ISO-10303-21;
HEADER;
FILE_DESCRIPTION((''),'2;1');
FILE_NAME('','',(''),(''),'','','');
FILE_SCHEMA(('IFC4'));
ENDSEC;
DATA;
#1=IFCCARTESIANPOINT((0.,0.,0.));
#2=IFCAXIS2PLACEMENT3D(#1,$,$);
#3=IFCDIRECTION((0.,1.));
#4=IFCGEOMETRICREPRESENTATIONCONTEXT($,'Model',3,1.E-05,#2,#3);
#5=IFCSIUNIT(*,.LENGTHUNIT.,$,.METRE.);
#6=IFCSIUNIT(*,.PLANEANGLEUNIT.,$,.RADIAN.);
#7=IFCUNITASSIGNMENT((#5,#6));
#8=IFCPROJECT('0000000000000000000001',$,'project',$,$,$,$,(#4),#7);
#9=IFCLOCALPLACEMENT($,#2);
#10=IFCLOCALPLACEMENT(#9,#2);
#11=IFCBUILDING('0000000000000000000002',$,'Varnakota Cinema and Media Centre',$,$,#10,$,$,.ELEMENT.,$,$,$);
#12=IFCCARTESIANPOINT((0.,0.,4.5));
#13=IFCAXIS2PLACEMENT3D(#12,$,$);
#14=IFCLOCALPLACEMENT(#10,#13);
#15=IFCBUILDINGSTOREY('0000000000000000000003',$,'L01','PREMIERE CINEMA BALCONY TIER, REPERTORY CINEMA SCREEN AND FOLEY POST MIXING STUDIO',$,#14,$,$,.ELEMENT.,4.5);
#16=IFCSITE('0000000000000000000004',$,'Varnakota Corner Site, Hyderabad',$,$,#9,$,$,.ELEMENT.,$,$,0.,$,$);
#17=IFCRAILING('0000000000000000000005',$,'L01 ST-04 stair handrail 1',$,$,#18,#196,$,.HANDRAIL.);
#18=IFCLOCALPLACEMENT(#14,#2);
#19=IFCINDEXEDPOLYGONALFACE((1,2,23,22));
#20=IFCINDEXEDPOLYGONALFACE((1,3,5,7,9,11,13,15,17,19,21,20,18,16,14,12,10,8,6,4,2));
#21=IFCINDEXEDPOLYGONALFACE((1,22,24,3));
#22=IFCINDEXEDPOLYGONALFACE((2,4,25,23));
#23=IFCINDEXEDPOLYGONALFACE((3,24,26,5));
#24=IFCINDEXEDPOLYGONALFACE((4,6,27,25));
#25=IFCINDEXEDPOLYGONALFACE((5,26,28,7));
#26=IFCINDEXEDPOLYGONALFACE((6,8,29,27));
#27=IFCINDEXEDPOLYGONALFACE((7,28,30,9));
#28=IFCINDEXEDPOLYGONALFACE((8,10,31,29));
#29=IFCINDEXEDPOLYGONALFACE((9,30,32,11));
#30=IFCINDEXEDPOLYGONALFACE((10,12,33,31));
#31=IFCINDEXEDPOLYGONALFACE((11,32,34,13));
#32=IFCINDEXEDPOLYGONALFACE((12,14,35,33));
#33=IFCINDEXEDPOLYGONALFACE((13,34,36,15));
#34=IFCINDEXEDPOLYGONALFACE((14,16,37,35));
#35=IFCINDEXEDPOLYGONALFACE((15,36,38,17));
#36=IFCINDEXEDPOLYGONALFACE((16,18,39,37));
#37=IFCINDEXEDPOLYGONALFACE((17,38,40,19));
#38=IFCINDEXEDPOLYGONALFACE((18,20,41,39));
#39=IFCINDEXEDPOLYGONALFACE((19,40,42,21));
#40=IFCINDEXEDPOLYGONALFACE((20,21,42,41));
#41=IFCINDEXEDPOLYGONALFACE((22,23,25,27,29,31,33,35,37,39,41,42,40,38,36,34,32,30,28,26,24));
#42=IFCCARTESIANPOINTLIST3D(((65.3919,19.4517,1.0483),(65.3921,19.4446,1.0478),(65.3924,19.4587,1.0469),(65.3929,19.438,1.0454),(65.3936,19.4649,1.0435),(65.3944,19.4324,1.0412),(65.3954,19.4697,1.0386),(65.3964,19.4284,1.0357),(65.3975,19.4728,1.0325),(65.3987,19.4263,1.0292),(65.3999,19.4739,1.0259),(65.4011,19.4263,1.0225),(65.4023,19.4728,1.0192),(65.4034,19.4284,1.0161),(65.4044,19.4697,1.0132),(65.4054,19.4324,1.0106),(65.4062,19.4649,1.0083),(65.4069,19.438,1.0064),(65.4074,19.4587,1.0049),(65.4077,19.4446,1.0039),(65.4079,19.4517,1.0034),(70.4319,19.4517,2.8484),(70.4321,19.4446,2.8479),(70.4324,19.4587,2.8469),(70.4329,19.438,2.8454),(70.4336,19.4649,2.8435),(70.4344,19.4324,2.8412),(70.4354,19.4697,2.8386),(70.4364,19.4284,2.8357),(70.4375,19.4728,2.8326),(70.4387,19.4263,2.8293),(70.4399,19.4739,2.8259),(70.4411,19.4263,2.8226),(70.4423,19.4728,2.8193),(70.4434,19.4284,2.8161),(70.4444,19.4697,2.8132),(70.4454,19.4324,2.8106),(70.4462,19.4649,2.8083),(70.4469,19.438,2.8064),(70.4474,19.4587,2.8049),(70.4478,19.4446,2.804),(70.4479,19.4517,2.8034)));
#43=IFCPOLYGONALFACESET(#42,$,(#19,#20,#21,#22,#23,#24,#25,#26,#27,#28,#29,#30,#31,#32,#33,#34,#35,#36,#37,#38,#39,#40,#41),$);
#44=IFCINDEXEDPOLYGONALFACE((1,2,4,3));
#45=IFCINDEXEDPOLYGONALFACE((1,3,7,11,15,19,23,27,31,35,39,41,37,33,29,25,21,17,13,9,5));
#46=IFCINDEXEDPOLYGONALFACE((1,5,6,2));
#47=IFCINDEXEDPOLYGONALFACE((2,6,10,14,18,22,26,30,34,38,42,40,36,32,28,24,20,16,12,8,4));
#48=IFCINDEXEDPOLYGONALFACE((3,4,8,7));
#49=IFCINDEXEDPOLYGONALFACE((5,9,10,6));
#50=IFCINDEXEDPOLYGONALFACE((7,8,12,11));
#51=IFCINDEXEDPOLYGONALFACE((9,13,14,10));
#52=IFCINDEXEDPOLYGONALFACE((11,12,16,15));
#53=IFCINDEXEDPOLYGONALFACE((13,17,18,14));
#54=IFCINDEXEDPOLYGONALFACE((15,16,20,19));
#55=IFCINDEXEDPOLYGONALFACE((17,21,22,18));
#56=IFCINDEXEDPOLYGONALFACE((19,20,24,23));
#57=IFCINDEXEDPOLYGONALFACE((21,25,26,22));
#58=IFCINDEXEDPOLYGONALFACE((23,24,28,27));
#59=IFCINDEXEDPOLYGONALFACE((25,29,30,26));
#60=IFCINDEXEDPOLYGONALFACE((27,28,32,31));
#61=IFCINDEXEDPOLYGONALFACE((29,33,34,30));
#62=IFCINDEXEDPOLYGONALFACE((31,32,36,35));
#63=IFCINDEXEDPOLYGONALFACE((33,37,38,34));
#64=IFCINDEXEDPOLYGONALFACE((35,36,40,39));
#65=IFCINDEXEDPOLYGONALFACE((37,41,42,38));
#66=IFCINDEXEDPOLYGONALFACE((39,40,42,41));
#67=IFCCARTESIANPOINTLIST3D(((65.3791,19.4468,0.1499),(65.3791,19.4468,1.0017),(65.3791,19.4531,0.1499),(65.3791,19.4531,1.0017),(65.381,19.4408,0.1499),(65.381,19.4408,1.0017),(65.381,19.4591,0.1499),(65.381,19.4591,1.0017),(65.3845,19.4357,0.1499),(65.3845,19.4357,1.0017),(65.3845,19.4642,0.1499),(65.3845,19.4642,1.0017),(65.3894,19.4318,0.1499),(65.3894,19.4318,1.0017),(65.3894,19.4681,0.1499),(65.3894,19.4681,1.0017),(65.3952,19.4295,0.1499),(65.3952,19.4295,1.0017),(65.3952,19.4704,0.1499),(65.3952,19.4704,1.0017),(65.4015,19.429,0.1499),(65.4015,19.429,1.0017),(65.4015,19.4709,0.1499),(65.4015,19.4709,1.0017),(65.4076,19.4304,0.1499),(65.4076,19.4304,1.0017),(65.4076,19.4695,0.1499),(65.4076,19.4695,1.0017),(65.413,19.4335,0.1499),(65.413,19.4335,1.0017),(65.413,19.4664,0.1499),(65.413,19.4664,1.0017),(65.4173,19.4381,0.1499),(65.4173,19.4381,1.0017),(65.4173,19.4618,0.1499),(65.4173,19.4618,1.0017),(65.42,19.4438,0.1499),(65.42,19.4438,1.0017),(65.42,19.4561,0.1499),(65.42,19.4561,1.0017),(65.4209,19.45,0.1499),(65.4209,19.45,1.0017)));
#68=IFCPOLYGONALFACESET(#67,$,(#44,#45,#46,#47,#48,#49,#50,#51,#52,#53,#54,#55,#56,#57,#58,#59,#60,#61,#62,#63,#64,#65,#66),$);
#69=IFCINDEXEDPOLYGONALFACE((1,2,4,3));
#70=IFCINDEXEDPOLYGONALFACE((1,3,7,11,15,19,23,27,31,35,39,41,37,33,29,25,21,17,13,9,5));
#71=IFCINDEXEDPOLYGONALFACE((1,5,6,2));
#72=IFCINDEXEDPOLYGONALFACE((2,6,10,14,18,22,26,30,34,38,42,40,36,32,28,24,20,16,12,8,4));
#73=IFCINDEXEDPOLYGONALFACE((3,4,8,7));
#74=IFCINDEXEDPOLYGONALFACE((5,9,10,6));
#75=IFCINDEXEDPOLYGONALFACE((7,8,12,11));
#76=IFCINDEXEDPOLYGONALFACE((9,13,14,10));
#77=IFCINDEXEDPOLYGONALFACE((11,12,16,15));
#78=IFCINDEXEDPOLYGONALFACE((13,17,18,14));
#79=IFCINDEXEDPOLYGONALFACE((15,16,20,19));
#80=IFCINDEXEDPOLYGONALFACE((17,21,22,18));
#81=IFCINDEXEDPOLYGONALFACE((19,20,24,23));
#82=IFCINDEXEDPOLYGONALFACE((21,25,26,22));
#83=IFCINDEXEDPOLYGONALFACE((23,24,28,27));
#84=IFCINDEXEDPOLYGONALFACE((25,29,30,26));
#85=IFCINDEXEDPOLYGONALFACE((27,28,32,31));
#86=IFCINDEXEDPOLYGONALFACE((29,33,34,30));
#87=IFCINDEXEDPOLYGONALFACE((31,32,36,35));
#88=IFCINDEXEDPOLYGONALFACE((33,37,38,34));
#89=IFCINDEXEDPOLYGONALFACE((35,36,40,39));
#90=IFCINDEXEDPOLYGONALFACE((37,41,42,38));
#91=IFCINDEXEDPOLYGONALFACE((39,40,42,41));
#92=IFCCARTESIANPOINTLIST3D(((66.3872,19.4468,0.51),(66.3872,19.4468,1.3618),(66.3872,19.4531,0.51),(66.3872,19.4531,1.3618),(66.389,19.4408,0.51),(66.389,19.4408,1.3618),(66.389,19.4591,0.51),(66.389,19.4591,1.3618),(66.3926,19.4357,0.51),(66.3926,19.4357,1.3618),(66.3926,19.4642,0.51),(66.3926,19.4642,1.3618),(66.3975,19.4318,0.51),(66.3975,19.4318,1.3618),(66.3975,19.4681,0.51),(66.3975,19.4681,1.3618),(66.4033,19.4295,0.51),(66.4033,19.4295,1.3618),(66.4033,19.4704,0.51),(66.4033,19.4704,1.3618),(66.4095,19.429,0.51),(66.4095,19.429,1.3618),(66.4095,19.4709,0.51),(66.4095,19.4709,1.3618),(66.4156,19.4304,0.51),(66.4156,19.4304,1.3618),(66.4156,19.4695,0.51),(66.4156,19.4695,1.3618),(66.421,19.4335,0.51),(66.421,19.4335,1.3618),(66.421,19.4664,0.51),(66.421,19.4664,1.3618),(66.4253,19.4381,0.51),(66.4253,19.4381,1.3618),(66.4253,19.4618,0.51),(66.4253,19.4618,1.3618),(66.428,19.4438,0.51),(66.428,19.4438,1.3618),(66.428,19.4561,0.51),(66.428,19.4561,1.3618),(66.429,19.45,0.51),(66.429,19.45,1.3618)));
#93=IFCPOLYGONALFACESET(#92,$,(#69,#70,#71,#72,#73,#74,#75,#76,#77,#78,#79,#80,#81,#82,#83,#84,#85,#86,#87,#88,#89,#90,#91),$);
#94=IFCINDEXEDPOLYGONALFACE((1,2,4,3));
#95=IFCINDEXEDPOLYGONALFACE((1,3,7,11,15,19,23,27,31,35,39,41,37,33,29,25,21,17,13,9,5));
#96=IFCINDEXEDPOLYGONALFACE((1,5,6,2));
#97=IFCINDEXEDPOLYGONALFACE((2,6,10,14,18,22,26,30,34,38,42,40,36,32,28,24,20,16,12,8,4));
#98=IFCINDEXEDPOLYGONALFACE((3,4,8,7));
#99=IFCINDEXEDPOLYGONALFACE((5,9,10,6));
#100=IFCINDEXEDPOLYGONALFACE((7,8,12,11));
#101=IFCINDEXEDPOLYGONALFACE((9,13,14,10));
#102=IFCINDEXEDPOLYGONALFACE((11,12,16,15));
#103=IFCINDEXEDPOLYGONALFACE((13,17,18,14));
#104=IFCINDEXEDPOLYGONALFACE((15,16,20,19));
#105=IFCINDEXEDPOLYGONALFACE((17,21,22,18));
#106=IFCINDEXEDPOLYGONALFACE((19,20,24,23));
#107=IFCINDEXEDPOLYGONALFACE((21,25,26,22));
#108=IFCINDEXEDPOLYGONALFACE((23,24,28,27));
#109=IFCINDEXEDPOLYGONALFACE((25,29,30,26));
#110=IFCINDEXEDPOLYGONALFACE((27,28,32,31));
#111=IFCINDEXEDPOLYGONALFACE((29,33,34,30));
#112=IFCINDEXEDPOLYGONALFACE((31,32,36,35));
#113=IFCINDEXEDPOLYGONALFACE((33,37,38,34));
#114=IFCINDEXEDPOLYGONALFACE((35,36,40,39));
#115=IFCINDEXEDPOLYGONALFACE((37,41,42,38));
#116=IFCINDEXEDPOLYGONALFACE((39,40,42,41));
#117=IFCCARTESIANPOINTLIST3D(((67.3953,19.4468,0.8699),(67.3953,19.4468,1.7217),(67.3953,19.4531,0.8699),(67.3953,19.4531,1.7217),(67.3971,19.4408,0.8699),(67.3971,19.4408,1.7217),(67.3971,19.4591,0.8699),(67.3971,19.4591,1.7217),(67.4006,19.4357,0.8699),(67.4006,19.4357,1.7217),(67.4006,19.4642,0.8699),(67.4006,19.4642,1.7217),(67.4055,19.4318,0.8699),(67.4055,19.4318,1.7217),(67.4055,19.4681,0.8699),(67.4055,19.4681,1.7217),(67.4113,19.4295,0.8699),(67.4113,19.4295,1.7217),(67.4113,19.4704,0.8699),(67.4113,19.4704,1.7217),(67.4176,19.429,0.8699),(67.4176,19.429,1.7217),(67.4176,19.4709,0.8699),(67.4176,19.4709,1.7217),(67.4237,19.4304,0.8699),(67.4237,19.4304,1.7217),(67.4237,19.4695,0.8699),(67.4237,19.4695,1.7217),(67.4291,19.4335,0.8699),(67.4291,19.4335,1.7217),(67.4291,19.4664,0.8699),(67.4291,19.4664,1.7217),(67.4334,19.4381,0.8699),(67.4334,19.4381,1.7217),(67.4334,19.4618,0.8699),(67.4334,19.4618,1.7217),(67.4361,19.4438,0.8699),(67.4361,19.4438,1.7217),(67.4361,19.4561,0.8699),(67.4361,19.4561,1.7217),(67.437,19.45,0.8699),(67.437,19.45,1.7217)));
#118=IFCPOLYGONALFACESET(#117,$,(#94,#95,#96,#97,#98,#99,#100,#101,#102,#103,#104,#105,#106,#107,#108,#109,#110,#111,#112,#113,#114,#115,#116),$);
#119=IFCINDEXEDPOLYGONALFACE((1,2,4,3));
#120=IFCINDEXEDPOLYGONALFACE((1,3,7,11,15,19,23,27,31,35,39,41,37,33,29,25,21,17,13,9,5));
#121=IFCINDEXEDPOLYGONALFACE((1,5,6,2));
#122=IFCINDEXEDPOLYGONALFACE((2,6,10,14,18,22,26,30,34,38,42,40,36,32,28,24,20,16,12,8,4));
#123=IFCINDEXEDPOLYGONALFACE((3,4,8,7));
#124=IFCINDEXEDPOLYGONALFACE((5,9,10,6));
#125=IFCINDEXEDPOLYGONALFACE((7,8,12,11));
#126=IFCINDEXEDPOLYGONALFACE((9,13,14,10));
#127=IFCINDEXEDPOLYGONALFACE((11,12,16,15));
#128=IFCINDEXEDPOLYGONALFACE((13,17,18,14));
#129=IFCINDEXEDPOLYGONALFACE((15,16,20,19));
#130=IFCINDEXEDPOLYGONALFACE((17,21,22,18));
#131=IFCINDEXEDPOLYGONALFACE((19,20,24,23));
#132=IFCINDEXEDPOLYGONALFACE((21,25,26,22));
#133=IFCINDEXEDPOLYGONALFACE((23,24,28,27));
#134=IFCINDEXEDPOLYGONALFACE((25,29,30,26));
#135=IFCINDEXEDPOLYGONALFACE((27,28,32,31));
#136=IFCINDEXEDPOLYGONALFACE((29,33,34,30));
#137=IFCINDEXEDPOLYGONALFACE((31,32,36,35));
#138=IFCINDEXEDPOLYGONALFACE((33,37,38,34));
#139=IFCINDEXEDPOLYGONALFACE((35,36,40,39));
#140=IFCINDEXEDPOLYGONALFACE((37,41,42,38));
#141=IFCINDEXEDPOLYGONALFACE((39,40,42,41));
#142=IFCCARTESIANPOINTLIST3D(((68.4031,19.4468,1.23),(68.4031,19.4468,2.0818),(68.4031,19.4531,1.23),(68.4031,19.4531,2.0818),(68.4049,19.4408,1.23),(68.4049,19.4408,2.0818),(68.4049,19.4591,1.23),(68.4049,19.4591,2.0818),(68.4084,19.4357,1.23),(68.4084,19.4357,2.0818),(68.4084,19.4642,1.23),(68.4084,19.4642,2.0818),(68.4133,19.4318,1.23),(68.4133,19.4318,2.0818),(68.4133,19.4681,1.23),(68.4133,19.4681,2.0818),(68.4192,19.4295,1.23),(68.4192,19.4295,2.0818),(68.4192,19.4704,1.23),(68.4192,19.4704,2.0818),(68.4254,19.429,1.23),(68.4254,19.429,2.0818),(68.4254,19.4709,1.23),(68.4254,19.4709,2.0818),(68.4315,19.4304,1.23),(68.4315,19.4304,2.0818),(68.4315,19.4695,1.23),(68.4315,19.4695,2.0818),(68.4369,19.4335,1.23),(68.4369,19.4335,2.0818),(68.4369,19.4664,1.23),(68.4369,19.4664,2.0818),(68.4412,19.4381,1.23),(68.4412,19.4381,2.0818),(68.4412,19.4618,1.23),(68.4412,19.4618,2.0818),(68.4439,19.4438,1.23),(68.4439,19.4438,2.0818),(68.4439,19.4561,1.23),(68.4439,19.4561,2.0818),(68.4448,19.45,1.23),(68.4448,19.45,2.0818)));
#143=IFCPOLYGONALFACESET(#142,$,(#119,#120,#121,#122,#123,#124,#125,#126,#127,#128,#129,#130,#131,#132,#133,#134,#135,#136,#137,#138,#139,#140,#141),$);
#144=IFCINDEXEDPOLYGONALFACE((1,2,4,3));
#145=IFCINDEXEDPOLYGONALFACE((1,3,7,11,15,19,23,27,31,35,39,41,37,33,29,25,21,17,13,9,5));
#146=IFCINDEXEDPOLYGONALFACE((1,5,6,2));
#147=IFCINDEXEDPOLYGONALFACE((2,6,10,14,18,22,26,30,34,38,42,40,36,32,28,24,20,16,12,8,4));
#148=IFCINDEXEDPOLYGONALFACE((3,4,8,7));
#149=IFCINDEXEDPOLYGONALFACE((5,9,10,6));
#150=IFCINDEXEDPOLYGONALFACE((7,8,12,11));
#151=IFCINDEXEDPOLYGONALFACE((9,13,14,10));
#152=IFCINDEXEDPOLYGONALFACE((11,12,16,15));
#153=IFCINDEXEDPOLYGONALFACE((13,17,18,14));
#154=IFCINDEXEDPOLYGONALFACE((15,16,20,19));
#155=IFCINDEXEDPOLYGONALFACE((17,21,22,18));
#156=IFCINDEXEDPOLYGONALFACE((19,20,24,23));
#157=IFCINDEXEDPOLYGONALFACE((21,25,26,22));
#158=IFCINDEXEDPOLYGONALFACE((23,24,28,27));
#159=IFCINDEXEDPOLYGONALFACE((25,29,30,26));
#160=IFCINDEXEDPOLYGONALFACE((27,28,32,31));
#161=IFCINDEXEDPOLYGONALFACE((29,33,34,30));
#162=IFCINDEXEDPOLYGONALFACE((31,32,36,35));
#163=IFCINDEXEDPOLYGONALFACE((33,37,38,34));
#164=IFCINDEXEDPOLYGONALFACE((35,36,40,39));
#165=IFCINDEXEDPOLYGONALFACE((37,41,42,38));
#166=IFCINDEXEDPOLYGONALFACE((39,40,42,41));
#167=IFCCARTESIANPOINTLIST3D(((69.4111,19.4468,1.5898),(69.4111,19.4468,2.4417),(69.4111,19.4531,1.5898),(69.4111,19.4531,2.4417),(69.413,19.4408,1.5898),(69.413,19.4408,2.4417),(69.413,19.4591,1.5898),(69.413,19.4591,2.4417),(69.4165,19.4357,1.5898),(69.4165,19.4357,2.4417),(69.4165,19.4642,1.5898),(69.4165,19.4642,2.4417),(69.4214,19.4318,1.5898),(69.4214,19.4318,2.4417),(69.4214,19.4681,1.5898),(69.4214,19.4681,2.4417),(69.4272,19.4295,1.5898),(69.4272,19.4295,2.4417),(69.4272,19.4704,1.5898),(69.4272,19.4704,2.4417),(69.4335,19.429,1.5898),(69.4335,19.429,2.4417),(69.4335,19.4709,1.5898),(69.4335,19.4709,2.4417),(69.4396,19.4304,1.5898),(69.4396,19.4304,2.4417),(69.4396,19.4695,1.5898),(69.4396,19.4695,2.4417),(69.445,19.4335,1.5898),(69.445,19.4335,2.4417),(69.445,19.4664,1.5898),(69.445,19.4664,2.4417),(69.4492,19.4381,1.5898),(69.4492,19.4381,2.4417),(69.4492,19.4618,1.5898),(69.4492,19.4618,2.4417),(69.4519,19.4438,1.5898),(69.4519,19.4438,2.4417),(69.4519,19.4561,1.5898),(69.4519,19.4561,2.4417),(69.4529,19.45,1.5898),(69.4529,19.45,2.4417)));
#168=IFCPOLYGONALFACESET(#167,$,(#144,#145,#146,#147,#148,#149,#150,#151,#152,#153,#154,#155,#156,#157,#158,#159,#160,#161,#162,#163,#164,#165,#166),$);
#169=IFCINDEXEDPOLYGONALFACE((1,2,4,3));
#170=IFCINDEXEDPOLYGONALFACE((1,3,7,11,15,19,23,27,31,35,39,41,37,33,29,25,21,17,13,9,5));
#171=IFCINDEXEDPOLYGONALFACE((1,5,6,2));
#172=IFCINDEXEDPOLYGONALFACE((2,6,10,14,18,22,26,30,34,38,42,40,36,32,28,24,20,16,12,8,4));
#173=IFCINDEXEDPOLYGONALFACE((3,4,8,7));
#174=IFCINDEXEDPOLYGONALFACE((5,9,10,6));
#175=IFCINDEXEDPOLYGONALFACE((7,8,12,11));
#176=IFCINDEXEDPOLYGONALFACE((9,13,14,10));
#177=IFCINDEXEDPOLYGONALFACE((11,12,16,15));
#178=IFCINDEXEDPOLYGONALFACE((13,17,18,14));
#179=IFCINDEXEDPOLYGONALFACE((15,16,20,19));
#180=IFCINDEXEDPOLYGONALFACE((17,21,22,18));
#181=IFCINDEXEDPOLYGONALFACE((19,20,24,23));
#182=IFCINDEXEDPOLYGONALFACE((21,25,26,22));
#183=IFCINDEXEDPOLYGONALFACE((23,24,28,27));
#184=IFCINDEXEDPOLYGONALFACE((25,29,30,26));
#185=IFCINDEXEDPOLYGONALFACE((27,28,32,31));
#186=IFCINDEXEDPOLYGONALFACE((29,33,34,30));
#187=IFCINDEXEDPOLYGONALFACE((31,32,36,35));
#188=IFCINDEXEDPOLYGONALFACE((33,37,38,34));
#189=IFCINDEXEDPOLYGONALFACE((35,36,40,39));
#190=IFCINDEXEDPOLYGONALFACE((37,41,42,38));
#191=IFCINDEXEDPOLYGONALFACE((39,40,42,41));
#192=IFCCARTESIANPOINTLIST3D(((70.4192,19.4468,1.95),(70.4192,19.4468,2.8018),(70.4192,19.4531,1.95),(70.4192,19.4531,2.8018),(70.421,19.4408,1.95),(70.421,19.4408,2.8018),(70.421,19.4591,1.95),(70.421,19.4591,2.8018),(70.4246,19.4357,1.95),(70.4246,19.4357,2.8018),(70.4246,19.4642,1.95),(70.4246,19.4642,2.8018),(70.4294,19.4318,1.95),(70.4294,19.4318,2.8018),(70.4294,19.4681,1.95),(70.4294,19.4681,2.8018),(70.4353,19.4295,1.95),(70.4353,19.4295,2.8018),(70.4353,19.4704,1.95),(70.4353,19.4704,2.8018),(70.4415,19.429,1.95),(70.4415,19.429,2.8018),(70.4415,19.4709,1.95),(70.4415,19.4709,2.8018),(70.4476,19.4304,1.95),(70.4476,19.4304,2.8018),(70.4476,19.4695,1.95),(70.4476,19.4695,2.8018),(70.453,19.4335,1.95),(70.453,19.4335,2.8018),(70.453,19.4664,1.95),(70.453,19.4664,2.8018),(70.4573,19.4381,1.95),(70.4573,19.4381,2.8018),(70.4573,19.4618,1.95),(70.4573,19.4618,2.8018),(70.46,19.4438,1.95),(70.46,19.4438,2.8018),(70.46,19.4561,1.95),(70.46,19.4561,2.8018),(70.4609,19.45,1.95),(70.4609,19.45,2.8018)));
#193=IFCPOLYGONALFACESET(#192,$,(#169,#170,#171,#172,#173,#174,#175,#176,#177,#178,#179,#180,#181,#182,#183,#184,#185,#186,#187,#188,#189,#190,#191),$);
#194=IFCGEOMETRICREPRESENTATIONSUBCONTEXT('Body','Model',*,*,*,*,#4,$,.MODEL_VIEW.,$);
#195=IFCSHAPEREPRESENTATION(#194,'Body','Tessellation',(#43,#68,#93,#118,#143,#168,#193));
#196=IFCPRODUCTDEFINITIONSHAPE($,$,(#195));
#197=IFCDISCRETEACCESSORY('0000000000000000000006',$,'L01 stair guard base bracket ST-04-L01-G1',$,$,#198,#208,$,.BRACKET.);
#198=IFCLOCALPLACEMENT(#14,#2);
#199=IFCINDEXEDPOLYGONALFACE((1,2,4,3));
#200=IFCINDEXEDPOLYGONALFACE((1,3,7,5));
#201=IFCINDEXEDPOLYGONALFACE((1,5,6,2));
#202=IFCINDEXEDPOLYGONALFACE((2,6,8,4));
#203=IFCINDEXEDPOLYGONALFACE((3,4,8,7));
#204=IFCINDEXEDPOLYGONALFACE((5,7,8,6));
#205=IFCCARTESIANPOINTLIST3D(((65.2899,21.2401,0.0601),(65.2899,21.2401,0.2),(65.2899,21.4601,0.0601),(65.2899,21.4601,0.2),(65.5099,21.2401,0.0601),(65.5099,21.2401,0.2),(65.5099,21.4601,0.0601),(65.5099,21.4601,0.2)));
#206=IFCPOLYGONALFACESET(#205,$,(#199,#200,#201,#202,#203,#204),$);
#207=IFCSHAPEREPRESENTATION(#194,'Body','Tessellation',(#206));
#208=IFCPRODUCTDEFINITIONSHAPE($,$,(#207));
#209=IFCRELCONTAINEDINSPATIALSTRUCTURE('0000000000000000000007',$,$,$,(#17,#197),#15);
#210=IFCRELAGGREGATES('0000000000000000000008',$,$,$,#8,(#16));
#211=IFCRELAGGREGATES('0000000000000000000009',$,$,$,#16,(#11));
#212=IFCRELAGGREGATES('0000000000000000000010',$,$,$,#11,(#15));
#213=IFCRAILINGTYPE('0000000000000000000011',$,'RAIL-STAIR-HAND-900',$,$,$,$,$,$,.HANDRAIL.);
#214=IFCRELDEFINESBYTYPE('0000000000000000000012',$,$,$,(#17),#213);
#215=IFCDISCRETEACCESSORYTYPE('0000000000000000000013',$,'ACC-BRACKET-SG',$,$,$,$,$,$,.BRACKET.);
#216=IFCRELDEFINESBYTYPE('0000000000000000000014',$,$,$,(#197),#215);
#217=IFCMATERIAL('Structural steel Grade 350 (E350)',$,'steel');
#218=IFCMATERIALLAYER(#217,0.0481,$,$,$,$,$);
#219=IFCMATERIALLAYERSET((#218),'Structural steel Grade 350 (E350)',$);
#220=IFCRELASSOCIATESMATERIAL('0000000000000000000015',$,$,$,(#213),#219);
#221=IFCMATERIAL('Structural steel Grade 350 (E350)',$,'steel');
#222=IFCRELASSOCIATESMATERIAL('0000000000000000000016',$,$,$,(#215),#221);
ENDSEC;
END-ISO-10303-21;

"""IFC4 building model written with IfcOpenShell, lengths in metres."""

from ifc_helpers import new_model, si_unit, direction, frame, origin, origin_2d, place, context, subcontext, project, spatial, rectangle, circle, extrude, material, layer, layer_set, type_object, element, save


model = new_model("IFC4")

# Units and contexts
model_context = context("Model", 3, precision=1e-05, world=origin(), true_north=direction((0.0, 1.0)))
body_context = subcontext(model_context, "Body", "Model", "MODEL_VIEW")
ifc_project = project(units=[si_unit("LENGTHUNIT", "METRE"), si_unit("PLANEANGLEUNIT", "RADIAN")], contexts=[model_context])

# Site, building, storey
site_placement = place(None, origin())
site = spatial("IfcSite", under=ifc_project, at=site_placement, Name="Varnakota Corner Site, Hyderabad", CompositionType="ELEMENT", RefElevation=0.0)
building_placement = place(site_placement, origin())
building = spatial("IfcBuilding", under=site, at=building_placement, Name="Varnakota Cinema and Media Centre", CompositionType="ELEMENT")
storey_placement = place(building_placement, frame((0.0, 0.0, 4.5)))
storey = spatial("IfcBuildingStorey", under=building, at=storey_placement, Name="L01", Description="PREMIERE CINEMA BALCONY TIER, REPERTORY CINEMA SCREEN AND FOLEY POST MIXING STUDIO", CompositionType="ELEMENT", Elevation=4.5)

# Railing
ifc_material_1 = material(Name="Structural steel Grade 350 (E350)", Category="steel")
ifc_layer_1 = layer(ifc_material_1, 0.0481)
ifc_layer_set_1 = layer_set([ifc_layer_1], Name="Structural steel Grade 350 (E350)")
railing_type_1 = type_object("IfcRailingType", Name="RAIL-STAIR-HAND-900", PredefinedType="HANDRAIL", material=ifc_layer_set_1)
railing_1_placement = place(storey_placement, frame((65.3999, 19.45, 0.1499)))
element("IfcRailing", 1, at=railing_1_placement, inside=storey, type_object=railing_type_1, Name="L01 ST-04 stair handrail 1", PredefinedType="HANDRAIL", context=body_context, shape_type="SweptSolid", body=[
    extrude(circle(Radius=0.0239, at=origin_2d()), frame((0.0, 0.0, 0.876), z_axis=(0.94174, 0.0, 0.336342), x_axis=(0.0, 1.0, 0.0)), (0.0, 0.0, 1.0), 5.3518),
    extrude(circle(Radius=0.021, at=origin_2d()), origin(), (0.0, 0.0, 1.0), 0.8518),
    extrude(circle(Radius=0.021, at=origin_2d()), frame((1.0081, 0.0, 0.3601)), (0.0, 0.0, 1.0), 0.8518),
    extrude(circle(Radius=0.021, at=origin_2d()), frame((2.0161, 0.0, 0.72)), (0.0, 0.0, 1.0), 0.8518),
    extrude(circle(Radius=0.021, at=origin_2d()), frame((3.0239, 0.0, 1.0801)), (0.0, 0.0, 1.0), 0.8518),
    extrude(circle(Radius=0.021, at=origin_2d()), frame((4.032, 0.0, 1.4399)), (0.0, 0.0, 1.0), 0.8518),
    extrude(circle(Radius=0.021, at=origin_2d()), frame((5.04, 0.0, 1.8)), (0.0, 0.0, 1.0), 0.8518),
])

# Discrete accessory
ifc_material_2 = material(Name="Structural steel Grade 350 (E350)", Category="steel")
discrete_accessory_type = type_object("IfcDiscreteAccessoryType", Name="ACC-BRACKET-SG", PredefinedType="BRACKET", material=ifc_material_2)
for number, where, z_axis, x_axis, name in (
    (2, (65.3999, 21.3501, 0.0601), (0.0, 0.0, 1.0), (1.0, 0.0, 0.0), "L01 stair guard base bracket ST-04-L01-G1"),
):
    element("IfcDiscreteAccessory", number, at=place(storey_placement, frame(where, z_axis=z_axis, x_axis=x_axis)), inside=storey, type_object=discrete_accessory_type, Name=name, PredefinedType="BRACKET", context=body_context, shape_type="SweptSolid", body=[
        extrude(rectangle(XDim=0.22, YDim=0.22, at=origin_2d()), origin(), (0.0, 0.0, 1.0), 0.1399),
    ])

save(model, "model.ifc")
